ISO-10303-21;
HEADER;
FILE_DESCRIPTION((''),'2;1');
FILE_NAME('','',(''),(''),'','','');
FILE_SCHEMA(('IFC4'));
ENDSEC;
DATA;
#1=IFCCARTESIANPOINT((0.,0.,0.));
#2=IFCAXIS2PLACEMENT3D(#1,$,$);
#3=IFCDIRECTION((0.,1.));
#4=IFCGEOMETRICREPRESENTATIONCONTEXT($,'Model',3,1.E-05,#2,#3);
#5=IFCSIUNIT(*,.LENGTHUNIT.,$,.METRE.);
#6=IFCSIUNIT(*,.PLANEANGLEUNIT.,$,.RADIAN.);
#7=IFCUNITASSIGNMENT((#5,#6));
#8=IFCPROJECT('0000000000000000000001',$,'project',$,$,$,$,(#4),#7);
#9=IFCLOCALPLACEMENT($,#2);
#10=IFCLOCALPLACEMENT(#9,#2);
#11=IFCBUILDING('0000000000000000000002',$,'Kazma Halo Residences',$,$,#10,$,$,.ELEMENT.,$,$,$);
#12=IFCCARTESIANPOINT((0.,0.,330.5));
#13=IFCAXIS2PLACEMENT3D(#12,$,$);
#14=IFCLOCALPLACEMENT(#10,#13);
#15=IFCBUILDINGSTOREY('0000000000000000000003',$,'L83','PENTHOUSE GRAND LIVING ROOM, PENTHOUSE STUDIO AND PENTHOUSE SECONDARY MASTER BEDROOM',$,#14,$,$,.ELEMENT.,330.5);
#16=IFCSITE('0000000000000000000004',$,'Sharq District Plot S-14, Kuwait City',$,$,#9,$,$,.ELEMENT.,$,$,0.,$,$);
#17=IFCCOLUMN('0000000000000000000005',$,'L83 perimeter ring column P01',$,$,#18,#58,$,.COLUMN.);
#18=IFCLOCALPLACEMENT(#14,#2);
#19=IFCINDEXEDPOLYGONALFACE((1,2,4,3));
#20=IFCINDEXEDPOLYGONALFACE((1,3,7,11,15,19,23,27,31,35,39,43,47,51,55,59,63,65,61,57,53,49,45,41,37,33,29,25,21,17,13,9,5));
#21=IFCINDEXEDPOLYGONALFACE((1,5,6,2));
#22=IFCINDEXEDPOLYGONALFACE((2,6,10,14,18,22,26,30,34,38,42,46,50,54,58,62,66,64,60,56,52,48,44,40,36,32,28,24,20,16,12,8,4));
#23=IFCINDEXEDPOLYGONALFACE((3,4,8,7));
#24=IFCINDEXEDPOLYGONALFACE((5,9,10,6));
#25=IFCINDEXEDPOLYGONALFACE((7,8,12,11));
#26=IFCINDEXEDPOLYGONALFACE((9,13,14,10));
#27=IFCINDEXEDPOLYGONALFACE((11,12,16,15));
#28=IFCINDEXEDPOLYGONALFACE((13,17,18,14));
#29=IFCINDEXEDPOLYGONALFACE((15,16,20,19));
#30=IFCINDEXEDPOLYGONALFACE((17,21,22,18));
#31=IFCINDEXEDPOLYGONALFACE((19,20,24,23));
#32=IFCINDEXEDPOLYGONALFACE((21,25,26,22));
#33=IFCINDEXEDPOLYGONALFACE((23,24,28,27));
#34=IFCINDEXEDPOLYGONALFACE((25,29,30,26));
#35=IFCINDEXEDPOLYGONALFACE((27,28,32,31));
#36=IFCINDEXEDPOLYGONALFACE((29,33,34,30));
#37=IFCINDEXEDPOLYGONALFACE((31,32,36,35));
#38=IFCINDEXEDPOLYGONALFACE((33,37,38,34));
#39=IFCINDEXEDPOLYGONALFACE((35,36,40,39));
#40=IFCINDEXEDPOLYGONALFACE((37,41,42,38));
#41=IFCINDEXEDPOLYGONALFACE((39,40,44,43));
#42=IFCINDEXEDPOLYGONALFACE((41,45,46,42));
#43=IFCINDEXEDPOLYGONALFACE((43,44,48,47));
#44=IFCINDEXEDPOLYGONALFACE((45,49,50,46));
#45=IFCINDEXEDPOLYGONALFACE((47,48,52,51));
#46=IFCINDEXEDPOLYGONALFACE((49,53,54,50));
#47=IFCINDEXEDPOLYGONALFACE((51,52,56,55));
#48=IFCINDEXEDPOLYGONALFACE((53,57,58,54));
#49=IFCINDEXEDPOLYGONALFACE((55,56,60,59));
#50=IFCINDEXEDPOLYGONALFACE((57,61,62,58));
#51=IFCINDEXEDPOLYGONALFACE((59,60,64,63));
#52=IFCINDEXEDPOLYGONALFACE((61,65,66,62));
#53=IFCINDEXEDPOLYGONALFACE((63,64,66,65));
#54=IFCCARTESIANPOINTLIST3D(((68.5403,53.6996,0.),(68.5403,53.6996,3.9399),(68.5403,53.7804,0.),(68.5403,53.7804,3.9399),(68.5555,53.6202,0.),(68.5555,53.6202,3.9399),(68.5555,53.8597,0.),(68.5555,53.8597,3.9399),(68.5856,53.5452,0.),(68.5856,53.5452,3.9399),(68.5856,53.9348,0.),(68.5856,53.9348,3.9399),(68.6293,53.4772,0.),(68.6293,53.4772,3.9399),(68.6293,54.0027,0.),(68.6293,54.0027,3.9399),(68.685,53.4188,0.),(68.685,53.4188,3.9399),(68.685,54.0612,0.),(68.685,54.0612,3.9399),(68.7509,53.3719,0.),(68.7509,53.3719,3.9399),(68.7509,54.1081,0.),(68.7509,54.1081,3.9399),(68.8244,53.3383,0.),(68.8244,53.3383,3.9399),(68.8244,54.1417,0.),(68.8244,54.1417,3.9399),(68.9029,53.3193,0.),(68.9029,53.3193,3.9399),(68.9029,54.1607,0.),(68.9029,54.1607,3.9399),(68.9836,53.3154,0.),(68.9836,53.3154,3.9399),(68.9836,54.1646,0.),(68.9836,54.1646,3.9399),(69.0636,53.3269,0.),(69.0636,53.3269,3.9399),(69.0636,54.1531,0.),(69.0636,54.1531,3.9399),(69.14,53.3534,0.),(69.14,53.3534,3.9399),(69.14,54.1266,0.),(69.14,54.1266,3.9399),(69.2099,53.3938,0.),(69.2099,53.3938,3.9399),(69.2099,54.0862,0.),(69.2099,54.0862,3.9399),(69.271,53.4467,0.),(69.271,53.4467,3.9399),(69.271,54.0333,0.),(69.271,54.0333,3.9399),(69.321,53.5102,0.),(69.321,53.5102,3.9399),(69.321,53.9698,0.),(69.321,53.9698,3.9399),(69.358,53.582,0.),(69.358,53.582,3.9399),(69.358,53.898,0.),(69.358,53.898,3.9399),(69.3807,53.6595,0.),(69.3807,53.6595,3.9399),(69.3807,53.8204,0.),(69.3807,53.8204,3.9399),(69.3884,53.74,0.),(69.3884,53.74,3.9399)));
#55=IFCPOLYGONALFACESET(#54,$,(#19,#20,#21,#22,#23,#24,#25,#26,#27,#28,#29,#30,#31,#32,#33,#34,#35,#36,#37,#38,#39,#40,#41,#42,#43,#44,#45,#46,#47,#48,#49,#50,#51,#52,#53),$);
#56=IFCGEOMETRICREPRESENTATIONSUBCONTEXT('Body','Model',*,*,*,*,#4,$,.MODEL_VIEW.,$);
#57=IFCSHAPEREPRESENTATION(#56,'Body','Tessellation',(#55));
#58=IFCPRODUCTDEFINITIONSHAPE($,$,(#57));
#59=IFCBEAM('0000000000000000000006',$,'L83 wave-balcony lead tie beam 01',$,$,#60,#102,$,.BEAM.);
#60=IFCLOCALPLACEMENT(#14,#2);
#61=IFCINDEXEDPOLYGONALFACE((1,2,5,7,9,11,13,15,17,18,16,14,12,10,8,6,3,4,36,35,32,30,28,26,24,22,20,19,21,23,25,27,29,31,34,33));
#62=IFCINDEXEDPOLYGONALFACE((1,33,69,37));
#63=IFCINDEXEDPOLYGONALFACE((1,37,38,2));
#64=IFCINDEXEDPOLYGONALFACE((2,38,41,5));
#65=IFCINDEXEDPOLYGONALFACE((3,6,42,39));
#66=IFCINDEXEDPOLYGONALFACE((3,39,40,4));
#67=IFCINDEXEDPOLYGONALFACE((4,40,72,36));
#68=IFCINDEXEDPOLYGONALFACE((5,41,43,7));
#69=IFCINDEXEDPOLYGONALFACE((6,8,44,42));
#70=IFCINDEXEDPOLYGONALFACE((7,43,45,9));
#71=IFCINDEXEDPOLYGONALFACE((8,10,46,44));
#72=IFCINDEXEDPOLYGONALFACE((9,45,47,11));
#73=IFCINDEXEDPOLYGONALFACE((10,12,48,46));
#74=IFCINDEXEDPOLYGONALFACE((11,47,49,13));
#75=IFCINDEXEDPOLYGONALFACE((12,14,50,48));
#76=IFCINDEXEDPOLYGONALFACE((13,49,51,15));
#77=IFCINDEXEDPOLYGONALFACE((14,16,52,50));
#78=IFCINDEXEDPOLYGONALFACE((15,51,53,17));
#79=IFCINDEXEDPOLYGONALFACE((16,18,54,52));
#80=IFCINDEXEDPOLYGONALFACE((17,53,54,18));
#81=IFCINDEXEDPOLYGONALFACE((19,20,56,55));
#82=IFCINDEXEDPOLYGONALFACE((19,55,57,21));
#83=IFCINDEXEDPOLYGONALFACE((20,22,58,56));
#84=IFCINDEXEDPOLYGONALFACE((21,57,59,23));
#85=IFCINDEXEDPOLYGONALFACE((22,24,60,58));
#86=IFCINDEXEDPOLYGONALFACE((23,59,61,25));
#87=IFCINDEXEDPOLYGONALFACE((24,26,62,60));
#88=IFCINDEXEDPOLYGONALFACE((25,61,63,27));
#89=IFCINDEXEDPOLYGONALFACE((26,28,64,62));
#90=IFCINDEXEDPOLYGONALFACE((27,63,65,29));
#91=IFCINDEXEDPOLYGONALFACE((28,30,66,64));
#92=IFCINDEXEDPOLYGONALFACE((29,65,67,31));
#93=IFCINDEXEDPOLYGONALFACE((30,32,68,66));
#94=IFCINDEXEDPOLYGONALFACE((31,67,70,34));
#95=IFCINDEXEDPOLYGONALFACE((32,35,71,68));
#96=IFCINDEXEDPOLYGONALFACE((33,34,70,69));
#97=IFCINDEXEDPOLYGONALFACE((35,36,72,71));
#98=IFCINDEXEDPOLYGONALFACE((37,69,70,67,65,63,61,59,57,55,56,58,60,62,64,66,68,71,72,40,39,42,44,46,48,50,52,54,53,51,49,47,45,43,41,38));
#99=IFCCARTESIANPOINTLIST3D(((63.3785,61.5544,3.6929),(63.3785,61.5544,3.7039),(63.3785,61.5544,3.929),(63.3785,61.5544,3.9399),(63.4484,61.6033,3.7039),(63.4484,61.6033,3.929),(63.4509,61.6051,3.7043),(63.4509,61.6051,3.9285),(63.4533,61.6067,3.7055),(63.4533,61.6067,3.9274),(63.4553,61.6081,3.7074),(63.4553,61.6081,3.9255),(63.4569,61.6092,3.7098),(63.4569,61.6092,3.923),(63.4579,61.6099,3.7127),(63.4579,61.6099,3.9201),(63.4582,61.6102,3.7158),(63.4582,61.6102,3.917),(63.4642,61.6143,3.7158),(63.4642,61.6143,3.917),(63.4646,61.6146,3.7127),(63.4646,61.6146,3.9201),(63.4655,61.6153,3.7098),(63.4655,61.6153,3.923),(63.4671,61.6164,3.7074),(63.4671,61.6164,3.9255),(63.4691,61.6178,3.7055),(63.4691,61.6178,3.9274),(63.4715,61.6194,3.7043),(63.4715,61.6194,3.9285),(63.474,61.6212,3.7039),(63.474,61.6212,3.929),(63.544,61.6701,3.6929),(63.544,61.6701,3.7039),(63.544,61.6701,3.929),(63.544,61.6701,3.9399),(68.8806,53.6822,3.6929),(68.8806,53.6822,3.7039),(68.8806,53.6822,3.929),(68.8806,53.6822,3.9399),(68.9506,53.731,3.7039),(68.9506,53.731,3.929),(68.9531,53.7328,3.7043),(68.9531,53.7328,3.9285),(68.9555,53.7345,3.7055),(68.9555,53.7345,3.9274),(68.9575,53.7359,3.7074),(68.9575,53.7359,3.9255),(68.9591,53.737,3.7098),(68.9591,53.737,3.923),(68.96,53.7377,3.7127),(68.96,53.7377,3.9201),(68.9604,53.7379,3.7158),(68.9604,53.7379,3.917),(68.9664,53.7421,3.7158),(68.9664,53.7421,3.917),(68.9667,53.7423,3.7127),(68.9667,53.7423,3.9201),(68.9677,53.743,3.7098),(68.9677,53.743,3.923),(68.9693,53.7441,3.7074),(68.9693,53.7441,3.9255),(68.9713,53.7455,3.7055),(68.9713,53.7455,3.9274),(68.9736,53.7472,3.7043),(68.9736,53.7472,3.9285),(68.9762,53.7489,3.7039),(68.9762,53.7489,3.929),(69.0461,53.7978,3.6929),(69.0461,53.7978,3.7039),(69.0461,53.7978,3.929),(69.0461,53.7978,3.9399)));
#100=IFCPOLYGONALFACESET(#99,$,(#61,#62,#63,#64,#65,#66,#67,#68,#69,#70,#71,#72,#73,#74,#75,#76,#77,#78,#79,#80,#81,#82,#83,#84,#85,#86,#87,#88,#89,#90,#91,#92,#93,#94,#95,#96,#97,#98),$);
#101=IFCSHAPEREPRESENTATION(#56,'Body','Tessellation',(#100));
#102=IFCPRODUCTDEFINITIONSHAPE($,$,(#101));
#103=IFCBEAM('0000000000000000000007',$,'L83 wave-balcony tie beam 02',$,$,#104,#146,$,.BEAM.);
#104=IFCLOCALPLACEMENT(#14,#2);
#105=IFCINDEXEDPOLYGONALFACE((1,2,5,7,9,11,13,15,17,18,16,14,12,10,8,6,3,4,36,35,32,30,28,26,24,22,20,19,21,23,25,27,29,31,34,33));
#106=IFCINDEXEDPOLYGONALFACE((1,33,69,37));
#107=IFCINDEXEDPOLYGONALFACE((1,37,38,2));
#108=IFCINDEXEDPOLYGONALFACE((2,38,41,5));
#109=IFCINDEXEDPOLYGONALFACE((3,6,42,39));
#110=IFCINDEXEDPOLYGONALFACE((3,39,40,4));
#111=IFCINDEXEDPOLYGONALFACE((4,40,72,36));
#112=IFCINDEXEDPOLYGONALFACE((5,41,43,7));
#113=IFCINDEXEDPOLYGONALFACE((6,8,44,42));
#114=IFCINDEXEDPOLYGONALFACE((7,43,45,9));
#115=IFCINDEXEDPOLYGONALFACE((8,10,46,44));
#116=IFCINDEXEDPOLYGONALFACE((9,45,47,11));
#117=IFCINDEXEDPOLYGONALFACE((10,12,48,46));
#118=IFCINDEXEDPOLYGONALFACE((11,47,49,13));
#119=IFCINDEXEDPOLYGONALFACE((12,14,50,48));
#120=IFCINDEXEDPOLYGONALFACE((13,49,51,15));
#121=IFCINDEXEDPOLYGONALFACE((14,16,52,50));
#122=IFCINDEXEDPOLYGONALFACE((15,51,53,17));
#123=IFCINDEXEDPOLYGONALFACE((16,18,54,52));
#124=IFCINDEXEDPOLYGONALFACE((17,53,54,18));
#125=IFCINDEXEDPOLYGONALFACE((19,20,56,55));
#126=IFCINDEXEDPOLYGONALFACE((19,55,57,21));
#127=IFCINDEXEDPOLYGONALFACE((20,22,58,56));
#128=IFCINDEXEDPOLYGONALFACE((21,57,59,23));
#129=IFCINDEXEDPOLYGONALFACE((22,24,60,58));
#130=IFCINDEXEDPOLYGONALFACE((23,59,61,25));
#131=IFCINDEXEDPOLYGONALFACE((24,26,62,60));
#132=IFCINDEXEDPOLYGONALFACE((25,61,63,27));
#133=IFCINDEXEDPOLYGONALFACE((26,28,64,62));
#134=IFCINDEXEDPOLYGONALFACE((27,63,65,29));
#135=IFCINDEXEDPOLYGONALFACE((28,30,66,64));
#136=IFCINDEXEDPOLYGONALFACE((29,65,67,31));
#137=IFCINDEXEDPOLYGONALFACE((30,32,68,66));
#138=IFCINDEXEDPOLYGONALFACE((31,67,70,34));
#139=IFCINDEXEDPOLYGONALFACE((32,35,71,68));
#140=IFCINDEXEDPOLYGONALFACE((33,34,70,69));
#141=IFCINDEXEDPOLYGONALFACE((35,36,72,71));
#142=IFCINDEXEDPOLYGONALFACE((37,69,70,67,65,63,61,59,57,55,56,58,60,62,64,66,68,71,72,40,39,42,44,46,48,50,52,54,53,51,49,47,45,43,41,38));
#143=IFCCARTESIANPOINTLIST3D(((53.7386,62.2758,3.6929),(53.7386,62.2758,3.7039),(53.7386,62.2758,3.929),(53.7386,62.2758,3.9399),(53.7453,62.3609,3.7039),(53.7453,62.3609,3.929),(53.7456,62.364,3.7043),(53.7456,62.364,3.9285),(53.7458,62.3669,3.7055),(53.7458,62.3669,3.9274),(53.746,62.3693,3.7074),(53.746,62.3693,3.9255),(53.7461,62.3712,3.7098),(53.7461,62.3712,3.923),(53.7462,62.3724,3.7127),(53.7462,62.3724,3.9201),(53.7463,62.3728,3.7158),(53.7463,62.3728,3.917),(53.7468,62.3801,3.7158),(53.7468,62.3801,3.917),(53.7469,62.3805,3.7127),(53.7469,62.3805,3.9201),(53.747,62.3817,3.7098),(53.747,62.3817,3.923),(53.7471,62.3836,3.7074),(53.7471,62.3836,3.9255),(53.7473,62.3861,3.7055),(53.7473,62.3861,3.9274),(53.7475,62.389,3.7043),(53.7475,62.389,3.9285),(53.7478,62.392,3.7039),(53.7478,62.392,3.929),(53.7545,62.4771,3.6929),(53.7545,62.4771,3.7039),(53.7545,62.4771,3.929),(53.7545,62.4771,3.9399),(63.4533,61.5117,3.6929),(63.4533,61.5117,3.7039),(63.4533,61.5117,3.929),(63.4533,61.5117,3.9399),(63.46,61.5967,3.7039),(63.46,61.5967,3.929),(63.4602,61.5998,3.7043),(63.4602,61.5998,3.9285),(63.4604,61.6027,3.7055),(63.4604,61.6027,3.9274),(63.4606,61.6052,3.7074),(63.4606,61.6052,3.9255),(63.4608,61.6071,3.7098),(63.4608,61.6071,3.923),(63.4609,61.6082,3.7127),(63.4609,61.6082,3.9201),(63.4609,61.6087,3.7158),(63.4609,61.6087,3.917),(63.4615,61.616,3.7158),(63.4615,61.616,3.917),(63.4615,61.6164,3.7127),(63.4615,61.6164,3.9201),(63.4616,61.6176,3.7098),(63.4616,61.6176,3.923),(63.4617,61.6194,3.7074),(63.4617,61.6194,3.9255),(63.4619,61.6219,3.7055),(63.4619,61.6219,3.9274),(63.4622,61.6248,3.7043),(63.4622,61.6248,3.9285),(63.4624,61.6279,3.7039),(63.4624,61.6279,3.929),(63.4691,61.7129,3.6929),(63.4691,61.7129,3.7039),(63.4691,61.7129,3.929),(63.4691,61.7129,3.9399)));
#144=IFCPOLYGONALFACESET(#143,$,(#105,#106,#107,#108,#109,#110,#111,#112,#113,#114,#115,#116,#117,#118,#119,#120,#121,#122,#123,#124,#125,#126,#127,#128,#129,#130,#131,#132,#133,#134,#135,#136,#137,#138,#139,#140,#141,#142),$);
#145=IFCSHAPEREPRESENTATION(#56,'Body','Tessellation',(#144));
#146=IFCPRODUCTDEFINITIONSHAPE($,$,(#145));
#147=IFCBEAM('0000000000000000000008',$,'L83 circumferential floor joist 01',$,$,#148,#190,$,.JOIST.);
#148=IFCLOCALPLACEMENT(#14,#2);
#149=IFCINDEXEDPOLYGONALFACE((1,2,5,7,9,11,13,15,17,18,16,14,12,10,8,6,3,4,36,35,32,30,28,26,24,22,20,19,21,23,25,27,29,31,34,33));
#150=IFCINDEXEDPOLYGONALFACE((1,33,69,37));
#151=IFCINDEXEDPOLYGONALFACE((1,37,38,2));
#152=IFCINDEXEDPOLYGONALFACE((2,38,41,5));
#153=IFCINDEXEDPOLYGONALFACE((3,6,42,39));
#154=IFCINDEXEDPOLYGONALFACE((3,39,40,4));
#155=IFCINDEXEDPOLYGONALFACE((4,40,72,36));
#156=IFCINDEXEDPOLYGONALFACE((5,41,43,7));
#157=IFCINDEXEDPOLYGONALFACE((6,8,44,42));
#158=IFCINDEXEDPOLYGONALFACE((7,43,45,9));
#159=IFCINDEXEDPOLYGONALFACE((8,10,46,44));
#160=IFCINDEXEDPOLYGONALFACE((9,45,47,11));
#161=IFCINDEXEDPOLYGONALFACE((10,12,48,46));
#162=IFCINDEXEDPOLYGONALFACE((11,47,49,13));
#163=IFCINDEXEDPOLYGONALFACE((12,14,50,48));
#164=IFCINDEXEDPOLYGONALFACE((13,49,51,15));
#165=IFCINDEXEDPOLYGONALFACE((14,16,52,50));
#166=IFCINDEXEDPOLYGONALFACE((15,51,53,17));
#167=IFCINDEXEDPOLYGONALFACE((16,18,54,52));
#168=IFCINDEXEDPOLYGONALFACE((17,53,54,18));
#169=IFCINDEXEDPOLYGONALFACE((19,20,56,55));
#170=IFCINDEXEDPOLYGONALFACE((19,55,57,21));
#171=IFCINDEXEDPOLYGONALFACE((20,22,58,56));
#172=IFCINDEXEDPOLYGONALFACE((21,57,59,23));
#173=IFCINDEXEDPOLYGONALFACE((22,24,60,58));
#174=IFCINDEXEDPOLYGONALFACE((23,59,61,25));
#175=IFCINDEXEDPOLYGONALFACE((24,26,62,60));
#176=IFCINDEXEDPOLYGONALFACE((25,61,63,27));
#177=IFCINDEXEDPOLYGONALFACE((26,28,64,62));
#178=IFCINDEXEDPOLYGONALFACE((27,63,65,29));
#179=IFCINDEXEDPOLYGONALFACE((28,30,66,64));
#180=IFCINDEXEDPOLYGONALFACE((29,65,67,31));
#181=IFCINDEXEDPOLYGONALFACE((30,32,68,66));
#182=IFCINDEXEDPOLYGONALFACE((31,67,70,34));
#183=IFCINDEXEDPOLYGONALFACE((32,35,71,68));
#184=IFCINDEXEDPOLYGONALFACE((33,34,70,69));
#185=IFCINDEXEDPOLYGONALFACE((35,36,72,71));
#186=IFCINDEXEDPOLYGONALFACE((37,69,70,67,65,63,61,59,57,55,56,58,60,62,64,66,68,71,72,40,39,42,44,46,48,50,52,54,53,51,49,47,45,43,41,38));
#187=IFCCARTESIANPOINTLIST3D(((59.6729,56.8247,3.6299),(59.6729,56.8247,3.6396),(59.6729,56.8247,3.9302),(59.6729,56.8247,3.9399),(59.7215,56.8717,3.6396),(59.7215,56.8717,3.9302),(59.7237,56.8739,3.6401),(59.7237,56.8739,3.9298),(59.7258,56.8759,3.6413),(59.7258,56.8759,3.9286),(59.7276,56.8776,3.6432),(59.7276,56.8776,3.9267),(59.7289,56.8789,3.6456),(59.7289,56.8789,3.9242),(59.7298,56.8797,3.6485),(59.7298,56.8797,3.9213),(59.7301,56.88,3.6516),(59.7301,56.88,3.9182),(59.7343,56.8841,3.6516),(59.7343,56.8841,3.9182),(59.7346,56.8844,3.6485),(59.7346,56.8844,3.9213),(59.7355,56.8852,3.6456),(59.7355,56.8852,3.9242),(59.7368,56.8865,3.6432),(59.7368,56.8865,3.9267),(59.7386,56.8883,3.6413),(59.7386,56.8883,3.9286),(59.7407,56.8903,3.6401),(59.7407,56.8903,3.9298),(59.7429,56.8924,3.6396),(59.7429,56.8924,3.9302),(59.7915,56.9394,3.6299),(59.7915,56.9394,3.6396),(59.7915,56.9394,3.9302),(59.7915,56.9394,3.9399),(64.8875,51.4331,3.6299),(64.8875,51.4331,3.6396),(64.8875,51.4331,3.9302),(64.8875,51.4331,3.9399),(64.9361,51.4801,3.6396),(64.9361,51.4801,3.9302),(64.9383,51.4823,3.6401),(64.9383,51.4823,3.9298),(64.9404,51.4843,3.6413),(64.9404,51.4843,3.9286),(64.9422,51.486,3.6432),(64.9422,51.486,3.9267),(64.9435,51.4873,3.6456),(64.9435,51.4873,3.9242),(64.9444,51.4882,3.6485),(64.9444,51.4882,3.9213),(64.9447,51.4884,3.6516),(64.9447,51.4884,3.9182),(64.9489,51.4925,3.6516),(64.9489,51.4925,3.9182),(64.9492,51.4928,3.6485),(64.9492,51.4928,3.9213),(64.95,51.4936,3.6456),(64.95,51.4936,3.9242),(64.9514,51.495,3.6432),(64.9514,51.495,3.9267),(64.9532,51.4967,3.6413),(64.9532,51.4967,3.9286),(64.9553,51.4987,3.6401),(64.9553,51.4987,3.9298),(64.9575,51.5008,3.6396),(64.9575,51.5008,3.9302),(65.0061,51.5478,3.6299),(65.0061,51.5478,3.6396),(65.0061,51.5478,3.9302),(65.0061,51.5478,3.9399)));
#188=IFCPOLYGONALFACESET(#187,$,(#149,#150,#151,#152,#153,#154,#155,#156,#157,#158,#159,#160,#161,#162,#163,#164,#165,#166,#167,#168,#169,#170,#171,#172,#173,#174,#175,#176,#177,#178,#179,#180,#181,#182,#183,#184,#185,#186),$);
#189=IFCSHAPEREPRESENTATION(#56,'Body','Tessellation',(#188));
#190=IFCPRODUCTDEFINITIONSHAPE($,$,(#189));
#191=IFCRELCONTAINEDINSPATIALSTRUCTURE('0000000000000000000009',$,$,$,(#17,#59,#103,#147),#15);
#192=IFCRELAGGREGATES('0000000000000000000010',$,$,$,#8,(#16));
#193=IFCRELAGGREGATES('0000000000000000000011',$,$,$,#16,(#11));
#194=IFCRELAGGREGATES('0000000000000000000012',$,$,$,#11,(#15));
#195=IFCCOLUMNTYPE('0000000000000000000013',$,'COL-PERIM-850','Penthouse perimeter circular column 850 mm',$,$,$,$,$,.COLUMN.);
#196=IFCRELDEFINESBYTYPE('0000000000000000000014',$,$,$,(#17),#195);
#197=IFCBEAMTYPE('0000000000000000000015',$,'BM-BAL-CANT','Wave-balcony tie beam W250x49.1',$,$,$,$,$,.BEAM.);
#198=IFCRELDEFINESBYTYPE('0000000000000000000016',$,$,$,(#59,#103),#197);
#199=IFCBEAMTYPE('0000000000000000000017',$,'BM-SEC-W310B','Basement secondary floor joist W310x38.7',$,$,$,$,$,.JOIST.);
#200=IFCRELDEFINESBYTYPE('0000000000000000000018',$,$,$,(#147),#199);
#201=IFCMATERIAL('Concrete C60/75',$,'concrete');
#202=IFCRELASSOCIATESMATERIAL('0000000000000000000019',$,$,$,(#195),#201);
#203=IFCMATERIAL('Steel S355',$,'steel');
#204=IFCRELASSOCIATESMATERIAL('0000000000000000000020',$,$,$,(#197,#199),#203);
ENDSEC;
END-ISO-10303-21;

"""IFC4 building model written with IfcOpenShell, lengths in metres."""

from ifc_helpers import new_model, si_unit, direction, frame, origin, origin_2d, place, context, subcontext, project, spatial, circle, i_section, extrude, material, material_profile, profile_set, type_object, element, save


model = new_model("IFC4")

# Units and contexts
model_context = context("Model", 3, precision=1e-05, world=origin(), true_north=direction((0.0, 1.0)))
body_context = subcontext(model_context, "Body", "Model", "MODEL_VIEW")
ifc_project = project(units=[si_unit("LENGTHUNIT", "METRE"), si_unit("PLANEANGLEUNIT", "RADIAN")], contexts=[model_context])

# Site, building, storey
site_placement = place(None, origin())
site = spatial("IfcSite", under=ifc_project, at=site_placement, Name="Sharq District Plot S-14, Kuwait City", CompositionType="ELEMENT", RefElevation=0.0)
building_placement = place(site_placement, origin())
building = spatial("IfcBuilding", under=site, at=building_placement, Name="Kazma Halo Residences", CompositionType="ELEMENT")
storey_placement = place(building_placement, frame((0.0, 0.0, 330.5)))
storey = spatial("IfcBuildingStorey", under=building, at=storey_placement, Name="L83", Description="PENTHOUSE GRAND LIVING ROOM, PENTHOUSE STUDIO AND PENTHOUSE SECONDARY MASTER BEDROOM", CompositionType="ELEMENT", Elevation=330.5)

# Column
ifc_material_1 = material(Name="Concrete C60/75", Category="concrete")
ifc_material_profile_1 = material_profile(ifc_material_1, circle(Radius=0.425, at=origin_2d()), Name="CIRC850")
ifc_profile_set_1 = profile_set([ifc_material_profile_1], Name="Concrete C60/75")
column_type = type_object("IfcColumnType", Name="COL-PERIM-850", Description="Penthouse perimeter circular column 850 mm", PredefinedType="COLUMN", material=ifc_profile_set_1)
column_placement = place(storey_placement, frame((68.9634, 53.74, 0.0), z_axis=(0.0, 0.0, 1.0), x_axis=(1.0, 0.0, 0.0)))
element("IfcColumn", 1, at=column_placement, inside=storey, type_object=column_type, Name="L83 perimeter ring column P01", PredefinedType="COLUMN", context=body_context, shape_type="SweptSolid", body=[
    extrude(circle(Radius=0.425, at=origin_2d()), origin(), (0.0, 0.0, 1.0), 3.9399),
])

# Beams
ifc_material_2 = material(Name="Steel S355", Category="steel")
ifc_material_profile_2 = material_profile(ifc_material_2, i_section(OverallWidth=0.2019, OverallDepth=0.2471, WebThickness=0.0073, FlangeThickness=0.011, FilletRadius=0.012, at=origin_2d()), Name="W250x49.1")
ifc_profile_set_2 = profile_set([ifc_material_profile_2], Name="Steel S355")
beam_type_1 = type_object("IfcBeamType", Name="BM-BAL-CANT", Description="Wave-balcony tie beam W250x49.1", PredefinedType="BEAM", material=ifc_profile_set_2)
beam_1_placement = place(storey_placement, frame((68.9634, 53.74, 3.8164), z_axis=(-0.572874, 0.819644, 0.0), x_axis=(-0.819644, -0.572874, 0.0)))
element("IfcBeam", 2, at=beam_1_placement, inside=storey, type_object=beam_type_1, Name="L83 wave-balcony lead tie beam 01", PredefinedType="BEAM", context=body_context, shape_type="SweptSolid", body=[
    extrude(i_section(OverallWidth=0.2019, OverallDepth=0.2471, WebThickness=0.0073, FlangeThickness=0.011, FilletRadius=0.012, at=origin_2d()), origin(), (0.0, 0.0, 1.0), 9.6045),
])
beam_2_placement = place(storey_placement, frame((63.4612, 61.6123, 3.8164), z_axis=(-0.996921, 0.078419, 0.0), x_axis=(-0.078419, -0.996921, 0.0)))
element("IfcBeam", 3, at=beam_2_placement, inside=storey, type_object=beam_type_1, Name="L83 wave-balcony tie beam 02", PredefinedType="BEAM", context=body_context, shape_type="SweptSolid", body=[
    extrude(i_section(OverallWidth=0.2019, OverallDepth=0.2471, WebThickness=0.0073, FlangeThickness=0.011, FilletRadius=0.012, at=origin_2d()), origin(), (0.0, 0.0, 1.0), 9.7446),
])
ifc_material_profile_3 = material_profile(ifc_material_2, i_section(OverallWidth=0.165, OverallDepth=0.3101, WebThickness=0.0059, FlangeThickness=0.0098, FilletRadius=0.012, at=origin_2d()), Name="W310x38.7")
ifc_profile_set_3 = profile_set([ifc_material_profile_3], Name="Steel S355")
beam_type_2 = type_object("IfcBeamType", Name="BM-SEC-W310B", Description="Basement secondary floor joist W310x38.7", PredefinedType="JOIST", material=ifc_profile_set_3)
beam_3_placement = place(storey_placement, frame((64.9468, 51.4905, 3.7849), z_axis=(-0.695209, 0.718807, 0.0), x_axis=(-0.718807, -0.695209, 0.0)))
element("IfcBeam", 4, at=beam_3_placement, inside=storey, type_object=beam_type_2, Name="L83 circumferential floor joist 01", PredefinedType="JOIST", context=body_context, shape_type="SweptSolid", body=[
    extrude(i_section(OverallWidth=0.165, OverallDepth=0.3101, WebThickness=0.0059, FlangeThickness=0.0098, FilletRadius=0.012, at=origin_2d()), origin(), (0.0, 0.0, 1.0), 7.5007),
])

save(model, "model.ifc")
